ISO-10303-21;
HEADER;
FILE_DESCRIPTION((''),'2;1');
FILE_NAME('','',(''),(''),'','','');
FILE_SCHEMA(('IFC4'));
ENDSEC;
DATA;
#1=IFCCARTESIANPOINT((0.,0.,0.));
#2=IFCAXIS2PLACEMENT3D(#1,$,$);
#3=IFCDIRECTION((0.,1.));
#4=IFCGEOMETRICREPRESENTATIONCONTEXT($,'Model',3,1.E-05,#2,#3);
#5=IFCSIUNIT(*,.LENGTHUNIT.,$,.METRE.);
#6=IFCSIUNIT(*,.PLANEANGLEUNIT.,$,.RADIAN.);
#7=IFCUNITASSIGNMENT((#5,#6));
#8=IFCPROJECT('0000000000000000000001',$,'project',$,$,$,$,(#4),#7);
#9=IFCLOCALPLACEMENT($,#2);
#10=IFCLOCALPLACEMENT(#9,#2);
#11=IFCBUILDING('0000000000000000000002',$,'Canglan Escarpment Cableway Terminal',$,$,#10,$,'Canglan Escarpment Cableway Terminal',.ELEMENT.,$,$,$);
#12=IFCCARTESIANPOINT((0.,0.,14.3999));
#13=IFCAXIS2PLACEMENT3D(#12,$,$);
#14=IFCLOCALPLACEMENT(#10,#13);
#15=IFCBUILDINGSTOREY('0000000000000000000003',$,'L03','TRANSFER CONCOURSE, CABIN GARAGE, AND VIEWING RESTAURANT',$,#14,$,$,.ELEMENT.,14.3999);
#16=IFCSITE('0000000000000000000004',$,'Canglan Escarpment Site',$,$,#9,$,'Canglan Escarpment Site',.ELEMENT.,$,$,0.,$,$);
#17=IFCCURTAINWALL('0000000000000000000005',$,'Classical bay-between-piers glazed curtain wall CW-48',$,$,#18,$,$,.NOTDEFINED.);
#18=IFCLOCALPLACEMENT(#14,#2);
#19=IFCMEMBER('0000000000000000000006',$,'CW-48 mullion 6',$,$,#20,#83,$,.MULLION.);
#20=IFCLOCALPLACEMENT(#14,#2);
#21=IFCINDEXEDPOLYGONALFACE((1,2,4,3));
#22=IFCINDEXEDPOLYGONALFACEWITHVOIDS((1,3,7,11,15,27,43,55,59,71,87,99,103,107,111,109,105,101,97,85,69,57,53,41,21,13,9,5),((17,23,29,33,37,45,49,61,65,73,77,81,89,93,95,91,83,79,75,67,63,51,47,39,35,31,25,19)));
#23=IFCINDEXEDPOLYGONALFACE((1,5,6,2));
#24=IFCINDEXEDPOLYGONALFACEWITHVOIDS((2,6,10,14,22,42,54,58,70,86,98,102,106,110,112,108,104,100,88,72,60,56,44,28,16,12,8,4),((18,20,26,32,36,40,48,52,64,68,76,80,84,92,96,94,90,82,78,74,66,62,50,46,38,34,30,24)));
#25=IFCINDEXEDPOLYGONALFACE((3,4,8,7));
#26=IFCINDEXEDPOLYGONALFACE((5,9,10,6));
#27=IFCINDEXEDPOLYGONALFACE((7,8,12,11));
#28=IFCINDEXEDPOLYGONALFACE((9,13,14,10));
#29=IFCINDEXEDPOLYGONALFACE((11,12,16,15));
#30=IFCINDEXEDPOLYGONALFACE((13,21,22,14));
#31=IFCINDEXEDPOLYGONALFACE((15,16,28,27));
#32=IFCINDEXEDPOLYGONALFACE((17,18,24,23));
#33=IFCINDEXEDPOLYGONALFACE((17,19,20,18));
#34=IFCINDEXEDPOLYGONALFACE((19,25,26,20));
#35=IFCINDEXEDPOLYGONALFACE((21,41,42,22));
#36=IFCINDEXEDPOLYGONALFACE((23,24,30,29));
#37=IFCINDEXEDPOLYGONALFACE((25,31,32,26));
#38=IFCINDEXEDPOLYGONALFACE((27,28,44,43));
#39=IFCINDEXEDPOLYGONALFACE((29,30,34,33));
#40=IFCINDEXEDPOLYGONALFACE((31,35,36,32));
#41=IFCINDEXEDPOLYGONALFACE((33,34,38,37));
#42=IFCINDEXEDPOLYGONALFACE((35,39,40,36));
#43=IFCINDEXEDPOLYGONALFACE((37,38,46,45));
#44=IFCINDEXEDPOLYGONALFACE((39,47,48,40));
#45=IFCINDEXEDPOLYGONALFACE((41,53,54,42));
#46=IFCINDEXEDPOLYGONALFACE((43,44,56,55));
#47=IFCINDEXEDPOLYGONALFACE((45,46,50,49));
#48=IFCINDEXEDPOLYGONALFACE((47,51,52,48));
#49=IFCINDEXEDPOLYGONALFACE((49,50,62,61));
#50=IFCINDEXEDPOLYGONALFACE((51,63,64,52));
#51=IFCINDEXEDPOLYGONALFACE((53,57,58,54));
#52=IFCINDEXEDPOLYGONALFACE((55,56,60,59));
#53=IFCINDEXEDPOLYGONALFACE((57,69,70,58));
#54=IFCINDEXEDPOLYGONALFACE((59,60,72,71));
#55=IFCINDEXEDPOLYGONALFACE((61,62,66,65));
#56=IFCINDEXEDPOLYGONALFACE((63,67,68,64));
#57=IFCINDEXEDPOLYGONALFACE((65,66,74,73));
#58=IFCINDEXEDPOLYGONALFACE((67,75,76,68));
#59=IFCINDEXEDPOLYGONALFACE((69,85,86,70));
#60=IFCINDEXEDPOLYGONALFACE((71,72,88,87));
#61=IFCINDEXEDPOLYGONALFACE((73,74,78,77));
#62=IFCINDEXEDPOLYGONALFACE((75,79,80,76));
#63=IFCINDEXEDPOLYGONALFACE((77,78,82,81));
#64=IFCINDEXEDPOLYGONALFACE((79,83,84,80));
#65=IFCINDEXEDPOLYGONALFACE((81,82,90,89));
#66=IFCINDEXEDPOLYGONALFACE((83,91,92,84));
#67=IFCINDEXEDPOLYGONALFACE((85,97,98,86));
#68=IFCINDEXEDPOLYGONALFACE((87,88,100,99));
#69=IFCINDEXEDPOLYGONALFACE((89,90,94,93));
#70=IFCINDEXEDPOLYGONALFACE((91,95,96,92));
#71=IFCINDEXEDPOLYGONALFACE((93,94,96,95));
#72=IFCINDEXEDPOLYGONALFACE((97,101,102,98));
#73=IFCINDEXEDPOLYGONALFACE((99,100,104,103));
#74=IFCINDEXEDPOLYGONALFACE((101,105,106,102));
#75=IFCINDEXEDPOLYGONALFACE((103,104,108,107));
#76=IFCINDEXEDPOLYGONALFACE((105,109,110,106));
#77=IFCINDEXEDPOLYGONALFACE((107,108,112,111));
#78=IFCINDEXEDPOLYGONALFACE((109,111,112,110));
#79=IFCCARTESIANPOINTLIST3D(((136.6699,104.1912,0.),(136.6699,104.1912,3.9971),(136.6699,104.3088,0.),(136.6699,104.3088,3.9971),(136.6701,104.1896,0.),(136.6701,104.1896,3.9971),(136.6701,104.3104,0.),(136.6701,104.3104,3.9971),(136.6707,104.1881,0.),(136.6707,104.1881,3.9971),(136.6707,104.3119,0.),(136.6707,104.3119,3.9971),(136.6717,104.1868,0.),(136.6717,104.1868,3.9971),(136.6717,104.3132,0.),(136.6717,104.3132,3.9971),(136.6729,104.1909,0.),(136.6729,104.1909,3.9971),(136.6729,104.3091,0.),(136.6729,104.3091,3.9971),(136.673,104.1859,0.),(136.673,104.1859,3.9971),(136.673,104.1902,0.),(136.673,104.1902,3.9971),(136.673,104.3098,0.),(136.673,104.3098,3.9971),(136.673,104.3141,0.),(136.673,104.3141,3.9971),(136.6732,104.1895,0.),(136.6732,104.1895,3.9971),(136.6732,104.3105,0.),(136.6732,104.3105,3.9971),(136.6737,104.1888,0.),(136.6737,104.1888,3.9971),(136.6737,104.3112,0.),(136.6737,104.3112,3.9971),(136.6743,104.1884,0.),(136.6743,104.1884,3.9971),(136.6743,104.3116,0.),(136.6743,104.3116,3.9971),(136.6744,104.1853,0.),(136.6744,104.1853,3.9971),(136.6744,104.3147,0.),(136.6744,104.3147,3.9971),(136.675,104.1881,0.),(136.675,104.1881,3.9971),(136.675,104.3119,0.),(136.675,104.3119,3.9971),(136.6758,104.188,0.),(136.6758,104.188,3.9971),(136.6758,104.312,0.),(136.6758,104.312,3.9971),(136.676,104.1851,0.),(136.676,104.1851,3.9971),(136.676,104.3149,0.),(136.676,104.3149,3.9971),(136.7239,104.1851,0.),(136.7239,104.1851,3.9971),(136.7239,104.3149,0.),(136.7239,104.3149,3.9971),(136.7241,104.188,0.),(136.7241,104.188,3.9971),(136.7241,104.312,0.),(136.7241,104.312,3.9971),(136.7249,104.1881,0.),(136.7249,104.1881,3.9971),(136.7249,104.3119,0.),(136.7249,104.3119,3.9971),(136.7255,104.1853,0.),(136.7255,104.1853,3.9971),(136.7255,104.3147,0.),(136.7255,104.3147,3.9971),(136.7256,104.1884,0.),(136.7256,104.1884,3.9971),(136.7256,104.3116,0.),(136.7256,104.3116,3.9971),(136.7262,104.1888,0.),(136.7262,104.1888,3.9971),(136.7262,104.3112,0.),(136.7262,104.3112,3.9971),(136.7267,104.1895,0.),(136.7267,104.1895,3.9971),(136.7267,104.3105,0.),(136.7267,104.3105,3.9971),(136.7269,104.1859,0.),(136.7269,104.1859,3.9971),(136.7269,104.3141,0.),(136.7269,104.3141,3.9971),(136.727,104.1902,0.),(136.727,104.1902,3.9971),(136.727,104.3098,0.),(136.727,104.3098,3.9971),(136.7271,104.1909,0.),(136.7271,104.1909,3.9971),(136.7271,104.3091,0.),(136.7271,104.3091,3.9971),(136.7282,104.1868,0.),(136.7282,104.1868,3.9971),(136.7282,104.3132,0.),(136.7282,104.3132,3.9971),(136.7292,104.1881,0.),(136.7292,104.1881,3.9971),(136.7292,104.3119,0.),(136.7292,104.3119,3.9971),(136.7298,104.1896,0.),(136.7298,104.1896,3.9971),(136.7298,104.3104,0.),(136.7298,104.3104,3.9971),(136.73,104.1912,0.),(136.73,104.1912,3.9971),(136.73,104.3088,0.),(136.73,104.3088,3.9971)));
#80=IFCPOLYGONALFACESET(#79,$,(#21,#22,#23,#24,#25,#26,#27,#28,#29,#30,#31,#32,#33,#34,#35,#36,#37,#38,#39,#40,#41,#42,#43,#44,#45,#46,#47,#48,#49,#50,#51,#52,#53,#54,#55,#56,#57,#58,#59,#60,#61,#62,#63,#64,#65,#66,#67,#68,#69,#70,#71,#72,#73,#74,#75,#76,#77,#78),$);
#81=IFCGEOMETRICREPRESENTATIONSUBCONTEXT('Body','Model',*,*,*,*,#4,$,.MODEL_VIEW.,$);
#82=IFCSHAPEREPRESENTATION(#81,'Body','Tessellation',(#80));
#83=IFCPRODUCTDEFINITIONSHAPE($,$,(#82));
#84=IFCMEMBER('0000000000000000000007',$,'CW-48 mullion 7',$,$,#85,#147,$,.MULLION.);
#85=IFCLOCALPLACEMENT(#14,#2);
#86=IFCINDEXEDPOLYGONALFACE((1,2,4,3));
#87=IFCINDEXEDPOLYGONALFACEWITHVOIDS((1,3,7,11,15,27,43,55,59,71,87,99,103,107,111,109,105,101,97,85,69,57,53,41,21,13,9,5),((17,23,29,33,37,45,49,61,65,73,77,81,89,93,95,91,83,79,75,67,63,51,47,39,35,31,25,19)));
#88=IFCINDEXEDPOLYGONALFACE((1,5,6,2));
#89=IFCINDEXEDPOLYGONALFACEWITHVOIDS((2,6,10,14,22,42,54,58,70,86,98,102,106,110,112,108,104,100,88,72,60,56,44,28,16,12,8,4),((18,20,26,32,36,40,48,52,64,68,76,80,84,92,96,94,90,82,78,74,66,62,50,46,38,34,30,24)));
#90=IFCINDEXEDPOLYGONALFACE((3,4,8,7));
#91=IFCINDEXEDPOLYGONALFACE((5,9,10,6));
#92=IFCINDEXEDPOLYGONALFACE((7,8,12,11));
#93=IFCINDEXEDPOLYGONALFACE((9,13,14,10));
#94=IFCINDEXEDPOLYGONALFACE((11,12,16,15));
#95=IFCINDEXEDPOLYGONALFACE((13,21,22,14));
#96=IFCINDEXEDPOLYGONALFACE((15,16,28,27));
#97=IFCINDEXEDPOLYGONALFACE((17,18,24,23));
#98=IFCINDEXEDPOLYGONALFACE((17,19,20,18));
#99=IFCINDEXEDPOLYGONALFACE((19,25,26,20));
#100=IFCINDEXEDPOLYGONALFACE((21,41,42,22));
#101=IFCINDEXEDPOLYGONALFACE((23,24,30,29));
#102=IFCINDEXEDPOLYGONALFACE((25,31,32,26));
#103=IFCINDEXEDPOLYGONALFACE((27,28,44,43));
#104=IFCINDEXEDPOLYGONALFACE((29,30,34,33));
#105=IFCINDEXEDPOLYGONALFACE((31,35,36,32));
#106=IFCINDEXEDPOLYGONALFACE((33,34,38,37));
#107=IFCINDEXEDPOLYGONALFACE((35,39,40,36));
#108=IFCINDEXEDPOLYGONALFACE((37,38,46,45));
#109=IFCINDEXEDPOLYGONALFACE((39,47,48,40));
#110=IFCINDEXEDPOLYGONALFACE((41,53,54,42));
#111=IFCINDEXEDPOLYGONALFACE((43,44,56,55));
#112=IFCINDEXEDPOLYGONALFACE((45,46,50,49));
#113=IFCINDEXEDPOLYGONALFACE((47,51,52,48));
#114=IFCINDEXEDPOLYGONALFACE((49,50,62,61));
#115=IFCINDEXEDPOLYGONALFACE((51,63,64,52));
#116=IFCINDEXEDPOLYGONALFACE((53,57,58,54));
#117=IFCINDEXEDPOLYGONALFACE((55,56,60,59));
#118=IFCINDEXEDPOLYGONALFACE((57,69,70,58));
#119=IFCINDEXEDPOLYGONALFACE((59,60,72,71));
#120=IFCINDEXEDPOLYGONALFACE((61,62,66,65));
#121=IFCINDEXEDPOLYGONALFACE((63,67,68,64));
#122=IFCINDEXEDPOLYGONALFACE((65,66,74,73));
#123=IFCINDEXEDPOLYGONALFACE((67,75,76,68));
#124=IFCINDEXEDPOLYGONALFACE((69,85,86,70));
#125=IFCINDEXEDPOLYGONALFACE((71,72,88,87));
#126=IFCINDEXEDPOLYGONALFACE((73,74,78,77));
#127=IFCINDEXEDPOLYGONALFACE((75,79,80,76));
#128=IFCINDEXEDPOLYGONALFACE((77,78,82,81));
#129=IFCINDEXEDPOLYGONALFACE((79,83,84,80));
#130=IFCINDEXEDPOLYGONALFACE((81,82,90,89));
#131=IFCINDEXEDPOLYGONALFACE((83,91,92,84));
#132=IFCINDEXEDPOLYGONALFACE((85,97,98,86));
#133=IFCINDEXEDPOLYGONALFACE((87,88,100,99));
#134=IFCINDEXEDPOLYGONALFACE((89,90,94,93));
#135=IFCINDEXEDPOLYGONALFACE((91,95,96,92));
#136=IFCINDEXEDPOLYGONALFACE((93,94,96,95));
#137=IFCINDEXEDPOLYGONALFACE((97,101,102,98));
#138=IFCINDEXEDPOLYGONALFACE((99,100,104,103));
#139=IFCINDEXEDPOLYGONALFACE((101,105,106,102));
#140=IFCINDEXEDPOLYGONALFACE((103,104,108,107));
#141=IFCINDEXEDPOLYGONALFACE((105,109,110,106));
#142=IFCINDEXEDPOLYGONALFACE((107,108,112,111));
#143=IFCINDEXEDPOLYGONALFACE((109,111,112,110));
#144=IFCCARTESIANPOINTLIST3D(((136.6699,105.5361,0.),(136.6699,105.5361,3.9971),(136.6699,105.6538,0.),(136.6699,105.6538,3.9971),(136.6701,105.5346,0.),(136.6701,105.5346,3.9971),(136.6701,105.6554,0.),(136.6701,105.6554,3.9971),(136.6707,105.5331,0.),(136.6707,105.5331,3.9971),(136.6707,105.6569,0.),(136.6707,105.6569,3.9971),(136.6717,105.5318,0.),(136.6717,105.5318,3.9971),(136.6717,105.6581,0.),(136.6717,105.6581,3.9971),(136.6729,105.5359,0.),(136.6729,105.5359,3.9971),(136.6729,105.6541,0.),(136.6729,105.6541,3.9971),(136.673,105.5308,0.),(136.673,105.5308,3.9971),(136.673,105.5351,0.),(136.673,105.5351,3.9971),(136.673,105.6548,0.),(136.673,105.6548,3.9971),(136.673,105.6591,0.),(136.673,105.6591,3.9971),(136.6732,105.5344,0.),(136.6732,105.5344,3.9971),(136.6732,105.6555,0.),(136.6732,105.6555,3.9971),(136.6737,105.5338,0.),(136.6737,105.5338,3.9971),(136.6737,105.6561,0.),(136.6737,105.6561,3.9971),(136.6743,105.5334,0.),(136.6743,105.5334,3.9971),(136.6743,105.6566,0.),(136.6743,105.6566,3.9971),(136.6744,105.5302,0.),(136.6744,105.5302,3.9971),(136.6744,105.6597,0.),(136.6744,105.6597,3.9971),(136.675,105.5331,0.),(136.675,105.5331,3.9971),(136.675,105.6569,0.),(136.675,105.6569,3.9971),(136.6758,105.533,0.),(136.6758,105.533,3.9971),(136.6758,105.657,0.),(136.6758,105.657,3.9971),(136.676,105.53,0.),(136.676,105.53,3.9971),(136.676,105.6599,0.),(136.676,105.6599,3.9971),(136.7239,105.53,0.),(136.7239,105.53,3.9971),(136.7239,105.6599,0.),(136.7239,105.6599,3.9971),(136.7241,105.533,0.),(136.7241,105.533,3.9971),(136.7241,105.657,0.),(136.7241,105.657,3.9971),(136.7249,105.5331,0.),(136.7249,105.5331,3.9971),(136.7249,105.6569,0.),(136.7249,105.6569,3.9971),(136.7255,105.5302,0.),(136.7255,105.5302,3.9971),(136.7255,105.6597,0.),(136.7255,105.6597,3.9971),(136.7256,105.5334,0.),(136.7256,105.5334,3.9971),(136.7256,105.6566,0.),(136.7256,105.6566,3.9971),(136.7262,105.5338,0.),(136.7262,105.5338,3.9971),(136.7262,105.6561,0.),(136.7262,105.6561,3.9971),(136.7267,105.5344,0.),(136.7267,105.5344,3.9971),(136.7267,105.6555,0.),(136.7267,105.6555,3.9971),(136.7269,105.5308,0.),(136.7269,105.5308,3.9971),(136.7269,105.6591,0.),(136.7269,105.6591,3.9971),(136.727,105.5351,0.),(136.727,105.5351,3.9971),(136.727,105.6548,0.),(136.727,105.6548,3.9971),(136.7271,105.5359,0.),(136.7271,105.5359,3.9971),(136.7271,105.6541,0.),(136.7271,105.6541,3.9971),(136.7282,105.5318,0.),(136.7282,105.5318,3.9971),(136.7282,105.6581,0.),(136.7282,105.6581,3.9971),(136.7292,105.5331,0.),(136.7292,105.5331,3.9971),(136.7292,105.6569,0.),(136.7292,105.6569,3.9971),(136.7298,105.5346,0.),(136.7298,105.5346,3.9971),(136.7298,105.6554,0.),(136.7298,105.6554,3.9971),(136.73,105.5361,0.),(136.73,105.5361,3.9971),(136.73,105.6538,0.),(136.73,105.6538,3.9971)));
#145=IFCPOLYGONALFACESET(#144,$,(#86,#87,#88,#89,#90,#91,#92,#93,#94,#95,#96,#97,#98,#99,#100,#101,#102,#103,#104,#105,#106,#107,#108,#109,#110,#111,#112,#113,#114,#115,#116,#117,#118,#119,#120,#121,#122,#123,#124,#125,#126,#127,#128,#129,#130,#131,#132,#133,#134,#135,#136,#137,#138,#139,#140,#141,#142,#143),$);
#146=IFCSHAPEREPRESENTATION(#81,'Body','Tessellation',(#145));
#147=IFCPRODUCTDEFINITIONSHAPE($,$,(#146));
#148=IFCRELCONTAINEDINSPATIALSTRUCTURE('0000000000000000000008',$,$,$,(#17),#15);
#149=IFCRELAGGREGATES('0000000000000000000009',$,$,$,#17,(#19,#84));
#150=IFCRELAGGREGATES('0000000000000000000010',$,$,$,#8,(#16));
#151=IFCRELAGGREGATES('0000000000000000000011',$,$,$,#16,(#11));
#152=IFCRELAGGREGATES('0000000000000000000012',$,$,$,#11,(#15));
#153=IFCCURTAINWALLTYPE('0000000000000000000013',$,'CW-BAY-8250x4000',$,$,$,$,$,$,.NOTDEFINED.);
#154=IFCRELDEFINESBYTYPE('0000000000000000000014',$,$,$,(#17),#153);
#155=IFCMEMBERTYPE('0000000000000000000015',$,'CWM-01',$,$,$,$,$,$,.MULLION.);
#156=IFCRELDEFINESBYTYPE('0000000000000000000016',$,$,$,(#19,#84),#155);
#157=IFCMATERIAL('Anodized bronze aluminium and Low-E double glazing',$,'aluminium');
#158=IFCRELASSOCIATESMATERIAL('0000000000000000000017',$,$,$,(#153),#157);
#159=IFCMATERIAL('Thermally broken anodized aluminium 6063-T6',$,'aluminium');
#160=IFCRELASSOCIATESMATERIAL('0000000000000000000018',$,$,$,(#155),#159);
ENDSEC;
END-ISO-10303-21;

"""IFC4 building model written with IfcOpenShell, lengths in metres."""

from ifc_helpers import new_model, si_unit, direction, frame, origin, origin_2d, place, context, subcontext, project, spatial, hollow_rectangle, extrude, material, material_profile, profile_set, type_object, element, aggregate, save


model = new_model("IFC4")

# Units and contexts
model_context = context("Model", 3, precision=1e-05, world=origin(), true_north=direction((0.0, 1.0)))
body_context = subcontext(model_context, "Body", "Model", "MODEL_VIEW")
ifc_project = project(units=[si_unit("LENGTHUNIT", "METRE"), si_unit("PLANEANGLEUNIT", "RADIAN")], contexts=[model_context])

# Site, building, storey
site_placement = place(None, origin())
site = spatial("IfcSite", under=ifc_project, at=site_placement, Name="Canglan Escarpment Site", LongName="Canglan Escarpment Site", CompositionType="ELEMENT", RefElevation=0.0)
building_placement = place(site_placement, origin())
building = spatial("IfcBuilding", under=site, at=building_placement, Name="Canglan Escarpment Cableway Terminal", LongName="Canglan Escarpment Cableway Terminal", CompositionType="ELEMENT")
storey_placement = place(building_placement, frame((0.0, 0.0, 14.3999)))
storey = spatial("IfcBuildingStorey", under=building, at=storey_placement, Name="L03", Description="TRANSFER CONCOURSE, CABIN GARAGE, AND VIEWING RESTAURANT", CompositionType="ELEMENT", Elevation=14.3999)

# Curtain wall, members
ifc_material_1 = material(Name="Anodized bronze aluminium and Low-E double glazing", Category="aluminium")
curtain_wall_type = type_object("IfcCurtainWallType", Name="CW-BAY-8250x4000", PredefinedType="NOTDEFINED", material=ifc_material_1)
curtain_wall_placement = place(storey_placement, origin())
curtain_wall = element("IfcCurtainWall", 1, at=curtain_wall_placement, inside=storey, type_object=curtain_wall_type, Name="Classical bay-between-piers glazed curtain wall CW-48", PredefinedType="NOTDEFINED")
ifc_material_2 = material(Name="Thermally broken anodized aluminium 6063-T6", Category="aluminium")
ifc_material_profile_1 = material_profile(ifc_material_2, hollow_rectangle(XDim=0.0601, YDim=0.1299, WallThickness=0.0029, InnerFilletRadius=0.0029, OuterFilletRadius=0.0061, at=origin_2d()), Name="ALU-MULL 60x130x3")
ifc_profile_set_1 = profile_set([ifc_material_profile_1], Name="Thermally broken anodized aluminium 6063-T6")
member_type_1 = type_object("IfcMemberType", Name="CWM-01", PredefinedType="MULLION", material=ifc_profile_set_1)
member_1_placement = place(storey_placement, frame((136.7, 104.25, 0.0), z_axis=(0.0, 0.0, 1.0), x_axis=(-1.0, 0.0, 0.0)))
member_1 = element("IfcMember", 2, at=member_1_placement, type_object=member_type_1, Name="CW-48 mullion 6", PredefinedType="MULLION", context=body_context, shape_type="SweptSolid", body=[
    extrude(hollow_rectangle(XDim=0.0601, YDim=0.1299, WallThickness=0.0029, InnerFilletRadius=0.0029, OuterFilletRadius=0.0061, at=origin_2d()), origin(), (0.0, 0.0, 1.0), 3.9971),
])
member_2_placement = place(storey_placement, frame((136.7, 105.595, 0.0), z_axis=(0.0, 0.0, 1.0), x_axis=(-1.0, 0.0, 0.0)))
member_2 = element("IfcMember", 3, at=member_2_placement, type_object=member_type_1, Name="CW-48 mullion 7", PredefinedType="MULLION", context=body_context, shape_type="SweptSolid", body=[
    extrude(hollow_rectangle(XDim=0.0601, YDim=0.1299, WallThickness=0.0029, InnerFilletRadius=0.0029, OuterFilletRadius=0.0061, at=origin_2d()), origin(), (0.0, 0.0, 1.0), 3.9971),
])
aggregate(curtain_wall, [member_1, member_2])

save(model, "model.ifc")
